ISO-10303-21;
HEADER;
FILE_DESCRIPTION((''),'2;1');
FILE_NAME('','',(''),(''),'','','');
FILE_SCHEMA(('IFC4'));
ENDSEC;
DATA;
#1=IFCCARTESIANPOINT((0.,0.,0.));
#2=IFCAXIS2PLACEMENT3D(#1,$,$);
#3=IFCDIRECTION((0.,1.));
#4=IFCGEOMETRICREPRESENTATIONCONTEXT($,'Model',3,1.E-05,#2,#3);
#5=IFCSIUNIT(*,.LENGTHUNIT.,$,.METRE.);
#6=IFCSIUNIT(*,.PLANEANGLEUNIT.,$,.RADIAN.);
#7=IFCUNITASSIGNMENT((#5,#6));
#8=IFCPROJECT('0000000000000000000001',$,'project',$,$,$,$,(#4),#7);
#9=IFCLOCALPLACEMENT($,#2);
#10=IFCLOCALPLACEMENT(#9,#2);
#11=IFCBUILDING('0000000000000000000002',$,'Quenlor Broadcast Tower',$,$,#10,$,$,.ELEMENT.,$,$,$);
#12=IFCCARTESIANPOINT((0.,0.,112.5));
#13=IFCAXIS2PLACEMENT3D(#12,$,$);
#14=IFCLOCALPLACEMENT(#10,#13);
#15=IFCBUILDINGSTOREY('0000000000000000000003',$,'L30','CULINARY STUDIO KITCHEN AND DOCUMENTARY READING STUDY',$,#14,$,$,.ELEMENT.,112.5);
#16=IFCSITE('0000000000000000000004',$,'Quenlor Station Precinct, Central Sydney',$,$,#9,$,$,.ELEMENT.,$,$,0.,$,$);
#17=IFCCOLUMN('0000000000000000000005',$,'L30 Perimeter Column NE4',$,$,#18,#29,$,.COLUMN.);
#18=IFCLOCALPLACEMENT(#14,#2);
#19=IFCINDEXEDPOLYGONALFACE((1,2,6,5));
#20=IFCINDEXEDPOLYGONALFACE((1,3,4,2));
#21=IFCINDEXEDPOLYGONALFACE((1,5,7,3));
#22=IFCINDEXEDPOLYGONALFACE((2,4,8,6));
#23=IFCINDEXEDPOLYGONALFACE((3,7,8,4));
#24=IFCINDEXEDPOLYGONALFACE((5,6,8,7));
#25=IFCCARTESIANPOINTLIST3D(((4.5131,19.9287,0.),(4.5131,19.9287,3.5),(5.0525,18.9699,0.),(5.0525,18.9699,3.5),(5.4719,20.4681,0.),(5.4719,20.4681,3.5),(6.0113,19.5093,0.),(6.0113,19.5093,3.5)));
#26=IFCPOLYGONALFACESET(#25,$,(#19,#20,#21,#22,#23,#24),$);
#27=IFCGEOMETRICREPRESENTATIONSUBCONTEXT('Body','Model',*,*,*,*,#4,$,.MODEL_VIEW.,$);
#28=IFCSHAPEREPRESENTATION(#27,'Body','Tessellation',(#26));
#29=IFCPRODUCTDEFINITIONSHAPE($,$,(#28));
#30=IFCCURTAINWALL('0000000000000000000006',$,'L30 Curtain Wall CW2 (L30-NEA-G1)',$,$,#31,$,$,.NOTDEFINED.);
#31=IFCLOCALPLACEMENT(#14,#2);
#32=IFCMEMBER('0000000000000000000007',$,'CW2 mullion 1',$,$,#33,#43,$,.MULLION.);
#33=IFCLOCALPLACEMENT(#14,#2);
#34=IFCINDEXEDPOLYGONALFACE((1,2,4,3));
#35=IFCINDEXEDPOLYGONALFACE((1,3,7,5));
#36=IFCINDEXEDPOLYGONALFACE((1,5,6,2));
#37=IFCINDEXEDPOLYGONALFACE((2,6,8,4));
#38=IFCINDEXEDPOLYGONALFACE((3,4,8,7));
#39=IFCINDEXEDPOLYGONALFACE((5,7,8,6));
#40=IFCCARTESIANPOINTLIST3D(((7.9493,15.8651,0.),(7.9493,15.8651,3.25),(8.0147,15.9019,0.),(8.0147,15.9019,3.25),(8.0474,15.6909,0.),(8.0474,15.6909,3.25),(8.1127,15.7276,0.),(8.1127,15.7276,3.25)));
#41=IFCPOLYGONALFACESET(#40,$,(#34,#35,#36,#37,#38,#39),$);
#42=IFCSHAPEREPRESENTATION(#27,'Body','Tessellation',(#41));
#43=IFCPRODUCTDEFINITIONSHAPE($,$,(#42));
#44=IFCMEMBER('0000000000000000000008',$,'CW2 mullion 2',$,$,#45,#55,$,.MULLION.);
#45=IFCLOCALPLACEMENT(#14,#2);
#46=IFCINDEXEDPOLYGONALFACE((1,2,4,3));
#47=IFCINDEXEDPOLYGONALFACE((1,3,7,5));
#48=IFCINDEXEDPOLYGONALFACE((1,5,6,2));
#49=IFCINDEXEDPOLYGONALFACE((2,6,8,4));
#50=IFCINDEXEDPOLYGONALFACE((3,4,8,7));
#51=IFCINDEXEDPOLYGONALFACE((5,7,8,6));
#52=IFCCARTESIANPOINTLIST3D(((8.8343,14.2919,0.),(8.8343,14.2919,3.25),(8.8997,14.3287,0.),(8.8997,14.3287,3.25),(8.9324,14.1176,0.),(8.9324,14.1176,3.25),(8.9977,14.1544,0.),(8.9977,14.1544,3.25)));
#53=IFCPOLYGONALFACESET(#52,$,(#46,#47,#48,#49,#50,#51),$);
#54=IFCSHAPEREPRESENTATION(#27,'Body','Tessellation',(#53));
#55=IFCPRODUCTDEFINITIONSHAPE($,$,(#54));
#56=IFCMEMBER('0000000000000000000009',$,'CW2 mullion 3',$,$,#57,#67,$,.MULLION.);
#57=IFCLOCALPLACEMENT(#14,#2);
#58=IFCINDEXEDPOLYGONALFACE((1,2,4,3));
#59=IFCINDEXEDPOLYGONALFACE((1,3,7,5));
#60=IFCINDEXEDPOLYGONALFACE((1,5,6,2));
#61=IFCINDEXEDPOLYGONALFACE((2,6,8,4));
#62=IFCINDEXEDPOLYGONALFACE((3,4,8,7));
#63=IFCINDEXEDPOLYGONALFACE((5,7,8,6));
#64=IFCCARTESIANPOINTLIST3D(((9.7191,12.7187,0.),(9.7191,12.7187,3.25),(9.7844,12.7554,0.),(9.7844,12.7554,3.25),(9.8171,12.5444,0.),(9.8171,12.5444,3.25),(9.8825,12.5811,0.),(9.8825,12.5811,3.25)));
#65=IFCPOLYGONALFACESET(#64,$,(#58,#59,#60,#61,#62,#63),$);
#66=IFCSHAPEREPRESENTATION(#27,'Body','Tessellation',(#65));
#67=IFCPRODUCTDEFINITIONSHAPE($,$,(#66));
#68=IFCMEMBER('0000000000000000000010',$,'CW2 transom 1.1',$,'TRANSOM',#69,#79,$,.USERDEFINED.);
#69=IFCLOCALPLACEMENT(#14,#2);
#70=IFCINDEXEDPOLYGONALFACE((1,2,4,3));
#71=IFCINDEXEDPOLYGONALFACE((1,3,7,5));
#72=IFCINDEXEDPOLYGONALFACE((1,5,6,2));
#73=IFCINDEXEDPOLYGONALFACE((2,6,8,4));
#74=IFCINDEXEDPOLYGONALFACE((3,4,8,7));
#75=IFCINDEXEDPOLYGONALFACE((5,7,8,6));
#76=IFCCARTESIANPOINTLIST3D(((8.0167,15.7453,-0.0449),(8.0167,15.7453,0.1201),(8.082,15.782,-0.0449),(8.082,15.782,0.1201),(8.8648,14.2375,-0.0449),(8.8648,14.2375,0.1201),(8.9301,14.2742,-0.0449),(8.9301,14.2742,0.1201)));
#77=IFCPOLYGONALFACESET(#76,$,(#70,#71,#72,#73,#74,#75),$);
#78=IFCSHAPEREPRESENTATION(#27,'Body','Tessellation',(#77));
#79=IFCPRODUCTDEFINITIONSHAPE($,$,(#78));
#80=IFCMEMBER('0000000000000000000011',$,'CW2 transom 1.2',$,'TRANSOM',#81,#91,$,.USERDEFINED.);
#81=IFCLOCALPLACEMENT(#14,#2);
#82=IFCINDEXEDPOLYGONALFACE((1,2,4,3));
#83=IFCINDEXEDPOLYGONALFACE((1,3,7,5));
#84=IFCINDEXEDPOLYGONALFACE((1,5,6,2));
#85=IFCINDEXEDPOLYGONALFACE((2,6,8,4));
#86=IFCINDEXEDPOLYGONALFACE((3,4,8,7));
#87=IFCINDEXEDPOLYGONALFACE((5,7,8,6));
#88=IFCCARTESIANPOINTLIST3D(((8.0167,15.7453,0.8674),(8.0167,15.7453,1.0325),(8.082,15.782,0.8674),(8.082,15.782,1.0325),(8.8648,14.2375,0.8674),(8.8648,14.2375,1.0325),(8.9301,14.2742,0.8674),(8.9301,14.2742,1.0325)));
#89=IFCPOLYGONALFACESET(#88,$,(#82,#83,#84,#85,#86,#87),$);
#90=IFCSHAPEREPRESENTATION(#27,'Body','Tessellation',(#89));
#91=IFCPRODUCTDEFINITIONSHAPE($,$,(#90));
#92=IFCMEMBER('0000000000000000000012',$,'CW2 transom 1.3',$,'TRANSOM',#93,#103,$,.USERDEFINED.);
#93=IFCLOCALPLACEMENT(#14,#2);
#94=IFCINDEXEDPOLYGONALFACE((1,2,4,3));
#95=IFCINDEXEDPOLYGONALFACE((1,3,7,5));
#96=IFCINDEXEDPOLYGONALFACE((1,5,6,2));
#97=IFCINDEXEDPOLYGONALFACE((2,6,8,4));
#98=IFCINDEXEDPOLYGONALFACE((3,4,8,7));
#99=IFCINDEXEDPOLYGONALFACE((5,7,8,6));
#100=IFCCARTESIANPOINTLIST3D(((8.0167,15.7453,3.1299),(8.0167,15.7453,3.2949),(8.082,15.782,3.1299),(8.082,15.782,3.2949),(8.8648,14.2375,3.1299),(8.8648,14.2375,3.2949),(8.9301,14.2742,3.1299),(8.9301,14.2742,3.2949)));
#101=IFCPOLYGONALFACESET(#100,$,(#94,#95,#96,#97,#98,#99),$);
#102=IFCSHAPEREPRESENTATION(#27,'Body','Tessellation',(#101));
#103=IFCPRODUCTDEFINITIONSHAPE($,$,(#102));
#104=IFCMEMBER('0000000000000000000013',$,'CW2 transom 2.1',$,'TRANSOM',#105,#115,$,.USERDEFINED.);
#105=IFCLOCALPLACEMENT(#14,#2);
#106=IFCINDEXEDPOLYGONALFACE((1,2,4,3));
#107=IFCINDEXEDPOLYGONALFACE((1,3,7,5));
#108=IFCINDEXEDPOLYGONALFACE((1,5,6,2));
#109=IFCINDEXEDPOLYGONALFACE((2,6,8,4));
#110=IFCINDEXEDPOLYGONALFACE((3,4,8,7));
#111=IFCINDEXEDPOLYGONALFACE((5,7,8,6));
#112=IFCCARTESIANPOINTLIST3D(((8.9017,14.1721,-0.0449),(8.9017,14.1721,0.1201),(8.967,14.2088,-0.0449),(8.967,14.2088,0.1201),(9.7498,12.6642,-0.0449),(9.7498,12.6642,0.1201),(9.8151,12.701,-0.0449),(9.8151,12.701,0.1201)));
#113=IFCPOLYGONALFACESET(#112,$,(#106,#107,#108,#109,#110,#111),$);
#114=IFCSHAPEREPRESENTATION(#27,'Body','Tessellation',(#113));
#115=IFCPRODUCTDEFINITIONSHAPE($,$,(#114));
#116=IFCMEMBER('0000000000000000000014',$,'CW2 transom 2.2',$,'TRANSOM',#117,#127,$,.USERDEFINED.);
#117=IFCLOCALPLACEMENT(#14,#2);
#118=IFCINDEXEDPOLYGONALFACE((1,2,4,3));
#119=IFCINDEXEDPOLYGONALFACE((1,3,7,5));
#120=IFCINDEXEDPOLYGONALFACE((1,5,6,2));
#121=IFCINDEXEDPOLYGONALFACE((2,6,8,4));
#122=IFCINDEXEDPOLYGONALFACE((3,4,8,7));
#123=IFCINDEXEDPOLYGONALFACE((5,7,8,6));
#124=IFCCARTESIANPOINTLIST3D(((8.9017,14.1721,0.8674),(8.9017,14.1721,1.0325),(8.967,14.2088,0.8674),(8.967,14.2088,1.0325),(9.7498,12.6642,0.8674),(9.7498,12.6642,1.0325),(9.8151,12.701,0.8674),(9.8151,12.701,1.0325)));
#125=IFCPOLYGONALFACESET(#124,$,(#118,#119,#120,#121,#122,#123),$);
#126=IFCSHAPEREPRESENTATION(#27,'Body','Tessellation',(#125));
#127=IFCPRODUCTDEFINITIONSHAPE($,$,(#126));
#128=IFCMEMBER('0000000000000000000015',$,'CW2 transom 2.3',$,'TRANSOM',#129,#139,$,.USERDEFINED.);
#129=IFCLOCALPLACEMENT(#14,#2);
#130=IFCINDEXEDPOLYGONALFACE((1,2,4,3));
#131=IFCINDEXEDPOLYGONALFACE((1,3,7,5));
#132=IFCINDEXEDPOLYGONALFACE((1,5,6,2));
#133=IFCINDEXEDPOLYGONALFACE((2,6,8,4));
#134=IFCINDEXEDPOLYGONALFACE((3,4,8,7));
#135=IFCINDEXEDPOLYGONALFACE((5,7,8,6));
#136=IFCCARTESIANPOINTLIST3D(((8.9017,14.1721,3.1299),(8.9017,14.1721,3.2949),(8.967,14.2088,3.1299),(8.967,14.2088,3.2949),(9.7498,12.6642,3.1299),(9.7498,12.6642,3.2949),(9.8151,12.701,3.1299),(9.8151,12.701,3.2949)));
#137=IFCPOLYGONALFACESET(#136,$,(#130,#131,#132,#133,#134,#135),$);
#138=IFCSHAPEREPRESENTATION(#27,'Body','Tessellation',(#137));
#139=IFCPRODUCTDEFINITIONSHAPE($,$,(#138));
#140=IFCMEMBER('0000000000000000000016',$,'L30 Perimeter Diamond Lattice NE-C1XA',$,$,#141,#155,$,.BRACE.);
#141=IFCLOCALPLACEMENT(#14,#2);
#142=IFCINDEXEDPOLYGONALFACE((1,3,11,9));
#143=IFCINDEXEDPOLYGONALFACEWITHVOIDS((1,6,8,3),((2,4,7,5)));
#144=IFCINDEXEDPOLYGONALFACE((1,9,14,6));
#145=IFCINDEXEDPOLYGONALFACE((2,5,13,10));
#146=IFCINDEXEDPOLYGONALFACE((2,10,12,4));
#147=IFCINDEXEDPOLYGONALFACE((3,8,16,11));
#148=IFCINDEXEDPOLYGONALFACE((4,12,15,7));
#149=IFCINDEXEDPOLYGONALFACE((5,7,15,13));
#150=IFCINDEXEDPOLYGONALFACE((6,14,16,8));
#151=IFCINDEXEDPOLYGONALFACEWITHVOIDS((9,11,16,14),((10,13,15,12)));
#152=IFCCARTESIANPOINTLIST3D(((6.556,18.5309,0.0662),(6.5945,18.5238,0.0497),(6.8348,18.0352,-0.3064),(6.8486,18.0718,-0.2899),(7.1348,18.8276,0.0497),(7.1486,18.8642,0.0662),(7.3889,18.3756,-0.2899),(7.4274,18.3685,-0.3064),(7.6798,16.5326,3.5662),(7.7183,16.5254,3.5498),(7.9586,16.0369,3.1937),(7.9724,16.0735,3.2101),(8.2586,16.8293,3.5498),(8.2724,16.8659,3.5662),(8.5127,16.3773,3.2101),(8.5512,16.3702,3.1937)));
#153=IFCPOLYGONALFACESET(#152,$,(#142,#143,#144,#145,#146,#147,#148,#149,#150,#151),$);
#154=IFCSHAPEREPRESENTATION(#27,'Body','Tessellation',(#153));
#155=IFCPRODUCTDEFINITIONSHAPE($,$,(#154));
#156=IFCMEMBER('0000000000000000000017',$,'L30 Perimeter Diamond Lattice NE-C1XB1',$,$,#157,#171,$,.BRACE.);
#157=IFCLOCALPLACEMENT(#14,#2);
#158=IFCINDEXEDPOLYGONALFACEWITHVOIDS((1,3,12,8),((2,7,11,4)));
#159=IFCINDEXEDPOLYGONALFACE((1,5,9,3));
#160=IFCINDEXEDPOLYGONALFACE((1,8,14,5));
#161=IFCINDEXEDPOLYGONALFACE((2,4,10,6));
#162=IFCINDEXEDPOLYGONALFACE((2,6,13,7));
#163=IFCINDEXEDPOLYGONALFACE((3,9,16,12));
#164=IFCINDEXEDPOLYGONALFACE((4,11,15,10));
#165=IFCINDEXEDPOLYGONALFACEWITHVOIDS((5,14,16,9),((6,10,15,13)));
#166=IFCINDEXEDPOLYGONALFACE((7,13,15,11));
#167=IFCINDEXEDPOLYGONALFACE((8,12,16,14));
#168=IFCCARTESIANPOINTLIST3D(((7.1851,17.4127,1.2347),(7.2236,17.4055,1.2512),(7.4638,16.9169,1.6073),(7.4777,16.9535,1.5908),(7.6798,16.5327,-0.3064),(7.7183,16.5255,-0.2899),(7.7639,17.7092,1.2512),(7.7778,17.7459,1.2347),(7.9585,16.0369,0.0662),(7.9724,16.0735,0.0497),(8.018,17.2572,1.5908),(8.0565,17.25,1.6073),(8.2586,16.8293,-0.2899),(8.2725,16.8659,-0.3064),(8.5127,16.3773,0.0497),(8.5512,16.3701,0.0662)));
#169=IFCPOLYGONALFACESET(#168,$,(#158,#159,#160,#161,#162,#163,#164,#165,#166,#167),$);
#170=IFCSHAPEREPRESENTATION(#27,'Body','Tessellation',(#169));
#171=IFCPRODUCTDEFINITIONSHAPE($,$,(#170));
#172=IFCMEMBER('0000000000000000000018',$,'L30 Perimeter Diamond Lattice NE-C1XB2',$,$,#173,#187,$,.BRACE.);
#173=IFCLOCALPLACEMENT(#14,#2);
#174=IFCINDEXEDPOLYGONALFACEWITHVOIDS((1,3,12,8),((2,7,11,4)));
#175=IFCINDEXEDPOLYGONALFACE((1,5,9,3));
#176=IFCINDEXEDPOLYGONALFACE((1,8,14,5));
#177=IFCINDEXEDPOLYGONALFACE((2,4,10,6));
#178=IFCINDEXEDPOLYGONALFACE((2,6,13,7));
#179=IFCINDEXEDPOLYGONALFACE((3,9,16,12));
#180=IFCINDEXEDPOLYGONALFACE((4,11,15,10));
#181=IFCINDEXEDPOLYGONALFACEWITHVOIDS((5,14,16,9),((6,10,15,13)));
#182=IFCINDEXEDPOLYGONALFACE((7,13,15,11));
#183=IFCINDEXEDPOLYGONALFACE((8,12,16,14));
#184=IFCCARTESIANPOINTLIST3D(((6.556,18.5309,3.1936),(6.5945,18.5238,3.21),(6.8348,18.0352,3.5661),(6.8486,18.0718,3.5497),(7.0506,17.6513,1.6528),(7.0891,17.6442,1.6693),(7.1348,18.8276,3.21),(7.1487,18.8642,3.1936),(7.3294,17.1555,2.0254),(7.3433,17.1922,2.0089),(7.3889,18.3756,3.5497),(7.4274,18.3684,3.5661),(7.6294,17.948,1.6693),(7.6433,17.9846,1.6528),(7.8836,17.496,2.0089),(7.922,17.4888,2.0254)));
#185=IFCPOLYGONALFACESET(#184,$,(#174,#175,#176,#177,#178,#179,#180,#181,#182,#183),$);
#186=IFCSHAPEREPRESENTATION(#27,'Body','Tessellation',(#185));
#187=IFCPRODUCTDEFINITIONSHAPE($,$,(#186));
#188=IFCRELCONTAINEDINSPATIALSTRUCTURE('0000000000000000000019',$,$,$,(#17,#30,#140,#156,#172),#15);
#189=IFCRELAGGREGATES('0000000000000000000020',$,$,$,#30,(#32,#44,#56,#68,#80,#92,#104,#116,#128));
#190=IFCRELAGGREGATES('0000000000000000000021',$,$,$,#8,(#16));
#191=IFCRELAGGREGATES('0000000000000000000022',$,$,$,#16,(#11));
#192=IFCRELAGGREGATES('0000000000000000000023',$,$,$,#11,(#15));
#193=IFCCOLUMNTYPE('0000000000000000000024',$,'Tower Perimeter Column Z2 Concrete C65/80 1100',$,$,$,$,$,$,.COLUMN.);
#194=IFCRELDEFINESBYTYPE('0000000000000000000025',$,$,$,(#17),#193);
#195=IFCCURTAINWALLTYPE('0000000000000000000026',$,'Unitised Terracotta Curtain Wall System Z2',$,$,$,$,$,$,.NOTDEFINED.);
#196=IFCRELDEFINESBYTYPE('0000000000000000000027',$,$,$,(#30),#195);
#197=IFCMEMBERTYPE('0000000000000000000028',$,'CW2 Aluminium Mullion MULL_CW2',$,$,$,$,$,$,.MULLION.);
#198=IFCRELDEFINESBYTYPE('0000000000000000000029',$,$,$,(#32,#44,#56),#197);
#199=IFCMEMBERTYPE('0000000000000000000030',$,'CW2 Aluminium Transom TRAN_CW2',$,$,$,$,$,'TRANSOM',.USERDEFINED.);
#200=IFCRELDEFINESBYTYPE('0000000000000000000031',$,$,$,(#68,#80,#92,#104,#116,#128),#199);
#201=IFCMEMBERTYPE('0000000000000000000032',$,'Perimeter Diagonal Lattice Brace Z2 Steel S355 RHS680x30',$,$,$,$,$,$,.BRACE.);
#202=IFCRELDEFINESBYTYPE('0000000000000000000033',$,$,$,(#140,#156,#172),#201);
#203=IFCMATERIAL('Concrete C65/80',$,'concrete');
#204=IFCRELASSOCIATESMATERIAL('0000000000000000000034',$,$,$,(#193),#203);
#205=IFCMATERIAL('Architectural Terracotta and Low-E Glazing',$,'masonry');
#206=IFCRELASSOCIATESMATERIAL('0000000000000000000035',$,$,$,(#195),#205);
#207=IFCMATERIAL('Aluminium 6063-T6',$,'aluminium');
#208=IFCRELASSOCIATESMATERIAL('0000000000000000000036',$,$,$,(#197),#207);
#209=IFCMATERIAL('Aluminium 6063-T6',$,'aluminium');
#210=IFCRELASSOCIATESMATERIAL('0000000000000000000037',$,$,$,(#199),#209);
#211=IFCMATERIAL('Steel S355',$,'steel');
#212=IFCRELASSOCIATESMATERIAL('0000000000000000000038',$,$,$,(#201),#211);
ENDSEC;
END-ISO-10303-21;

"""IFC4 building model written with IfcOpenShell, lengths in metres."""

from ifc_helpers import new_model, si_unit, direction, frame, origin, origin_2d, place, context, subcontext, project, spatial, rectangle, hollow_rectangle, extrude, material, material_profile, profile_set, type_object, element, aggregate, save


model = new_model("IFC4")

# Units and contexts
model_context = context("Model", 3, precision=1e-05, world=origin(), true_north=direction((0.0, 1.0)))
body_context = subcontext(model_context, "Body", "Model", "MODEL_VIEW")
ifc_project = project(units=[si_unit("LENGTHUNIT", "METRE"), si_unit("PLANEANGLEUNIT", "RADIAN")], contexts=[model_context])

# Site, building, storey
site_placement = place(None, origin())
site = spatial("IfcSite", under=ifc_project, at=site_placement, Name="Quenlor Station Precinct, Central Sydney", CompositionType="ELEMENT", RefElevation=0.0)
building_placement = place(site_placement, origin())
building = spatial("IfcBuilding", under=site, at=building_placement, Name="Quenlor Broadcast Tower", CompositionType="ELEMENT")
storey_placement = place(building_placement, frame((0.0, 0.0, 112.5)))
storey = spatial("IfcBuildingStorey", under=building, at=storey_placement, Name="L30", Description="CULINARY STUDIO KITCHEN AND DOCUMENTARY READING STUDY", CompositionType="ELEMENT", Elevation=112.5)

# Column
ifc_material_1 = material(Name="Concrete C65/80", Category="concrete")
ifc_material_profile_1 = material_profile(ifc_material_1, rectangle(XDim=1.1001, YDim=1.1001, at=origin_2d()))
ifc_profile_set_1 = profile_set([ifc_material_profile_1], Name="Concrete C65/80 RC1100x1100")
column_type = type_object("IfcColumnType", Name="Tower Perimeter Column Z2 Concrete C65/80 1100", PredefinedType="COLUMN", material=ifc_profile_set_1)
column_placement = place(storey_placement, frame((5.2622, 19.719, 0.0), z_axis=(0.0, 0.0, 1.0), x_axis=(0.871575, 0.490262, 0.0)))
element("IfcColumn", 1, at=column_placement, inside=storey, type_object=column_type, Name="L30 Perimeter Column NE4", PredefinedType="COLUMN", context=body_context, shape_type="SweptSolid", body=[
    extrude(rectangle(XDim=1.1001, YDim=1.1001, at=origin_2d()), origin(), (0.0, 0.0, 1.0), 3.5),
])

# Curtain wall, members
ifc_material_2 = material(Name="Architectural Terracotta and Low-E Glazing", Category="masonry")
curtain_wall_type = type_object("IfcCurtainWallType", Name="Unitised Terracotta Curtain Wall System Z2", PredefinedType="NOTDEFINED", material=ifc_material_2)
curtain_wall_placement = place(storey_placement, origin())
curtain_wall = element("IfcCurtainWall", 2, at=curtain_wall_placement, inside=storey, type_object=curtain_wall_type, Name="L30 Curtain Wall CW2 (L30-NEA-G1)", PredefinedType="NOTDEFINED")
ifc_material_3 = material(Name="Aluminium 6063-T6", Category="aluminium")
ifc_material_profile_2 = material_profile(ifc_material_3, rectangle(XDim=0.075, YDim=0.2, at=origin_2d()))
ifc_profile_set_2 = profile_set([ifc_material_profile_2], Name="Aluminium 6063-T6 MULL75x200")
member_type_1 = type_object("IfcMemberType", Name="CW2 Aluminium Mullion MULL_CW2", PredefinedType="MULLION", material=ifc_profile_set_2)
member_1_placement = place(storey_placement, frame((8.031, 15.7964, 0.0), z_axis=(0.0, 0.0, 1.0), x_axis=(0.871573, 0.490265, 0.0)))
member_1 = element("IfcMember", 3, at=member_1_placement, type_object=member_type_1, Name="CW2 mullion 1", PredefinedType="MULLION", context=body_context, shape_type="SweptSolid", body=[
    extrude(rectangle(XDim=0.075, YDim=0.2, at=origin_2d()), origin(), (0.0, 0.0, 1.0), 3.25),
])
member_2_placement = place(storey_placement, frame((8.916, 14.2231, 0.0), z_axis=(0.0, 0.0, 1.0), x_axis=(0.871573, 0.490265, 0.0)))
member_2 = element("IfcMember", 4, at=member_2_placement, type_object=member_type_1, Name="CW2 mullion 2", PredefinedType="MULLION", context=body_context, shape_type="SweptSolid", body=[
    extrude(rectangle(XDim=0.075, YDim=0.2, at=origin_2d()), origin(), (0.0, 0.0, 1.0), 3.25),
])
member_3_placement = place(storey_placement, frame((9.8008, 12.6499, 0.0), z_axis=(0.0, 0.0, 1.0), x_axis=(0.871573, 0.490265, 0.0)))
member_3 = element("IfcMember", 5, at=member_3_placement, type_object=member_type_1, Name="CW2 mullion 3", PredefinedType="MULLION", context=body_context, shape_type="SweptSolid", body=[
    extrude(rectangle(XDim=0.075, YDim=0.2, at=origin_2d()), origin(), (0.0, 0.0, 1.0), 3.25),
])
ifc_material_4 = material(Name="Aluminium 6063-T6", Category="aluminium")
ifc_material_profile_3 = material_profile(ifc_material_4, rectangle(XDim=0.075, YDim=0.165, at=origin_2d()))
ifc_profile_set_3 = profile_set([ifc_material_profile_3], Name="Aluminium 6063-T6 TRAN75x165")
member_type_2 = type_object("IfcMemberType", Name="CW2 Aluminium Transom TRAN_CW2", ElementType="TRANSOM", PredefinedType="USERDEFINED", material=ifc_profile_set_3)
member_4_placement = place(storey_placement, frame((8.0493, 15.7637, 0.0376), z_axis=(0.490261, -0.871576, 0.0), x_axis=(0.871576, 0.490261, 0.0)))
member_4 = element("IfcMember", 6, at=member_4_placement, type_object=member_type_2, Name="CW2 transom 1.1", ObjectType="TRANSOM", PredefinedType="USERDEFINED", context=body_context, shape_type="SweptSolid", body=[
    extrude(rectangle(XDim=0.075, YDim=0.165, at=origin_2d()), origin(), (0.0, 0.0, 1.0), 1.73),
])
member_5_placement = place(storey_placement, frame((8.0493, 15.7637, 0.95), z_axis=(0.490261, -0.871576, 0.0), x_axis=(0.871576, 0.490261, 0.0)))
member_5 = element("IfcMember", 7, at=member_5_placement, type_object=member_type_2, Name="CW2 transom 1.2", ObjectType="TRANSOM", PredefinedType="USERDEFINED", context=body_context, shape_type="SweptSolid", body=[
    extrude(rectangle(XDim=0.075, YDim=0.165, at=origin_2d()), origin(), (0.0, 0.0, 1.0), 1.73),
])
member_6_placement = place(storey_placement, frame((8.0493, 15.7637, 3.2124), z_axis=(0.490261, -0.871576, 0.0), x_axis=(0.871576, 0.490261, 0.0)))
member_6 = element("IfcMember", 8, at=member_6_placement, type_object=member_type_2, Name="CW2 transom 1.3", ObjectType="TRANSOM", PredefinedType="USERDEFINED", context=body_context, shape_type="SweptSolid", body=[
    extrude(rectangle(XDim=0.075, YDim=0.165, at=origin_2d()), origin(), (0.0, 0.0, 1.0), 1.73),
])
member_7_placement = place(storey_placement, frame((8.9343, 14.1904, 0.0376), z_axis=(0.490261, -0.871576, 0.0), x_axis=(0.871576, 0.490261, 0.0)))
member_7 = element("IfcMember", 9, at=member_7_placement, type_object=member_type_2, Name="CW2 transom 2.1", ObjectType="TRANSOM", PredefinedType="USERDEFINED", context=body_context, shape_type="SweptSolid", body=[
    extrude(rectangle(XDim=0.075, YDim=0.165, at=origin_2d()), origin(), (0.0, 0.0, 1.0), 1.73),
])
member_8_placement = place(storey_placement, frame((8.9343, 14.1904, 0.95), z_axis=(0.490261, -0.871576, 0.0), x_axis=(0.871576, 0.490261, 0.0)))
member_8 = element("IfcMember", 10, at=member_8_placement, type_object=member_type_2, Name="CW2 transom 2.2", ObjectType="TRANSOM", PredefinedType="USERDEFINED", context=body_context, shape_type="SweptSolid", body=[
    extrude(rectangle(XDim=0.075, YDim=0.165, at=origin_2d()), origin(), (0.0, 0.0, 1.0), 1.73),
])
member_9_placement = place(storey_placement, frame((8.9343, 14.1904, 3.2124), z_axis=(0.490261, -0.871576, 0.0), x_axis=(0.871576, 0.490261, 0.0)))
member_9 = element("IfcMember", 11, at=member_9_placement, type_object=member_type_2, Name="CW2 transom 2.3", ObjectType="TRANSOM", PredefinedType="USERDEFINED", context=body_context, shape_type="SweptSolid", body=[
    extrude(rectangle(XDim=0.075, YDim=0.165, at=origin_2d()), origin(), (0.0, 0.0, 1.0), 1.73),
])

# Members
ifc_material_5 = material(Name="Steel S355", Category="steel")
ifc_material_profile_4 = material_profile(ifc_material_5, hollow_rectangle(XDim=0.6799, YDim=0.6799, WallThickness=0.03, at=origin_2d()))
ifc_profile_set_4 = profile_set([ifc_material_profile_4], Name="Steel S355 RHS680x680x30")
member_type_3 = type_object("IfcMemberType", Name="Perimeter Diagonal Lattice Brace Z2 Steel S355 RHS680x30", PredefinedType="BRACE", material=ifc_profile_set_4)
member_10_placement = place(storey_placement, frame((6.9917, 18.4497, -0.1201), z_axis=(0.268588, -0.4776, 0.836516), x_axis=(0.871624, 0.490175, 0.0)))
element("IfcMember", 12, at=member_10_placement, inside=storey, type_object=member_type_3, Name="L30 Perimeter Diamond Lattice NE-C1XA", PredefinedType="BRACE", context=body_context, shape_type="SweptSolid", body=[
    extrude(hollow_rectangle(XDim=0.6799, YDim=0.6799, WallThickness=0.03, at=origin_2d()), origin(), (0.0, 0.0, 1.0), 4.1841),
])
member_11_placement = place(storey_placement, frame((8.1155, 16.4514, -0.1201), z_axis=(-0.268504, 0.477635, 0.836523), x_axis=(-0.871705, -0.490032, 0.0)))
element("IfcMember", 13, at=member_11_placement, inside=storey, type_object=member_type_3, Name="L30 Perimeter Diamond Lattice NE-C1XB1", PredefinedType="BRACE", context=body_context, shape_type="SweptSolid", body=[
    extrude(hollow_rectangle(XDim=0.6799, YDim=0.6799, WallThickness=0.03, at=origin_2d()), origin(), (0.0, 0.0, 1.0), 1.8423),
])
member_12_placement = place(storey_placement, frame((7.4863, 17.5701, 1.8391), z_axis=(-0.268551, 0.477585, 0.836536), x_axis=(-0.871647, -0.490135, 0.0)))
element("IfcMember", 14, at=member_12_placement, inside=storey, type_object=member_type_3, Name="L30 Perimeter Diamond Lattice NE-C1XB2", PredefinedType="BRACE", context=body_context, shape_type="SweptSolid", body=[
    extrude(hollow_rectangle(XDim=0.6799, YDim=0.6799, WallThickness=0.03, at=origin_2d()), origin(), (0.0, 0.0, 1.0), 1.8418),
])

aggregate(curtain_wall, [member_1, member_2, member_3, member_4, member_5, member_6, member_7, member_8, member_9])

save(model, "model.ifc")
